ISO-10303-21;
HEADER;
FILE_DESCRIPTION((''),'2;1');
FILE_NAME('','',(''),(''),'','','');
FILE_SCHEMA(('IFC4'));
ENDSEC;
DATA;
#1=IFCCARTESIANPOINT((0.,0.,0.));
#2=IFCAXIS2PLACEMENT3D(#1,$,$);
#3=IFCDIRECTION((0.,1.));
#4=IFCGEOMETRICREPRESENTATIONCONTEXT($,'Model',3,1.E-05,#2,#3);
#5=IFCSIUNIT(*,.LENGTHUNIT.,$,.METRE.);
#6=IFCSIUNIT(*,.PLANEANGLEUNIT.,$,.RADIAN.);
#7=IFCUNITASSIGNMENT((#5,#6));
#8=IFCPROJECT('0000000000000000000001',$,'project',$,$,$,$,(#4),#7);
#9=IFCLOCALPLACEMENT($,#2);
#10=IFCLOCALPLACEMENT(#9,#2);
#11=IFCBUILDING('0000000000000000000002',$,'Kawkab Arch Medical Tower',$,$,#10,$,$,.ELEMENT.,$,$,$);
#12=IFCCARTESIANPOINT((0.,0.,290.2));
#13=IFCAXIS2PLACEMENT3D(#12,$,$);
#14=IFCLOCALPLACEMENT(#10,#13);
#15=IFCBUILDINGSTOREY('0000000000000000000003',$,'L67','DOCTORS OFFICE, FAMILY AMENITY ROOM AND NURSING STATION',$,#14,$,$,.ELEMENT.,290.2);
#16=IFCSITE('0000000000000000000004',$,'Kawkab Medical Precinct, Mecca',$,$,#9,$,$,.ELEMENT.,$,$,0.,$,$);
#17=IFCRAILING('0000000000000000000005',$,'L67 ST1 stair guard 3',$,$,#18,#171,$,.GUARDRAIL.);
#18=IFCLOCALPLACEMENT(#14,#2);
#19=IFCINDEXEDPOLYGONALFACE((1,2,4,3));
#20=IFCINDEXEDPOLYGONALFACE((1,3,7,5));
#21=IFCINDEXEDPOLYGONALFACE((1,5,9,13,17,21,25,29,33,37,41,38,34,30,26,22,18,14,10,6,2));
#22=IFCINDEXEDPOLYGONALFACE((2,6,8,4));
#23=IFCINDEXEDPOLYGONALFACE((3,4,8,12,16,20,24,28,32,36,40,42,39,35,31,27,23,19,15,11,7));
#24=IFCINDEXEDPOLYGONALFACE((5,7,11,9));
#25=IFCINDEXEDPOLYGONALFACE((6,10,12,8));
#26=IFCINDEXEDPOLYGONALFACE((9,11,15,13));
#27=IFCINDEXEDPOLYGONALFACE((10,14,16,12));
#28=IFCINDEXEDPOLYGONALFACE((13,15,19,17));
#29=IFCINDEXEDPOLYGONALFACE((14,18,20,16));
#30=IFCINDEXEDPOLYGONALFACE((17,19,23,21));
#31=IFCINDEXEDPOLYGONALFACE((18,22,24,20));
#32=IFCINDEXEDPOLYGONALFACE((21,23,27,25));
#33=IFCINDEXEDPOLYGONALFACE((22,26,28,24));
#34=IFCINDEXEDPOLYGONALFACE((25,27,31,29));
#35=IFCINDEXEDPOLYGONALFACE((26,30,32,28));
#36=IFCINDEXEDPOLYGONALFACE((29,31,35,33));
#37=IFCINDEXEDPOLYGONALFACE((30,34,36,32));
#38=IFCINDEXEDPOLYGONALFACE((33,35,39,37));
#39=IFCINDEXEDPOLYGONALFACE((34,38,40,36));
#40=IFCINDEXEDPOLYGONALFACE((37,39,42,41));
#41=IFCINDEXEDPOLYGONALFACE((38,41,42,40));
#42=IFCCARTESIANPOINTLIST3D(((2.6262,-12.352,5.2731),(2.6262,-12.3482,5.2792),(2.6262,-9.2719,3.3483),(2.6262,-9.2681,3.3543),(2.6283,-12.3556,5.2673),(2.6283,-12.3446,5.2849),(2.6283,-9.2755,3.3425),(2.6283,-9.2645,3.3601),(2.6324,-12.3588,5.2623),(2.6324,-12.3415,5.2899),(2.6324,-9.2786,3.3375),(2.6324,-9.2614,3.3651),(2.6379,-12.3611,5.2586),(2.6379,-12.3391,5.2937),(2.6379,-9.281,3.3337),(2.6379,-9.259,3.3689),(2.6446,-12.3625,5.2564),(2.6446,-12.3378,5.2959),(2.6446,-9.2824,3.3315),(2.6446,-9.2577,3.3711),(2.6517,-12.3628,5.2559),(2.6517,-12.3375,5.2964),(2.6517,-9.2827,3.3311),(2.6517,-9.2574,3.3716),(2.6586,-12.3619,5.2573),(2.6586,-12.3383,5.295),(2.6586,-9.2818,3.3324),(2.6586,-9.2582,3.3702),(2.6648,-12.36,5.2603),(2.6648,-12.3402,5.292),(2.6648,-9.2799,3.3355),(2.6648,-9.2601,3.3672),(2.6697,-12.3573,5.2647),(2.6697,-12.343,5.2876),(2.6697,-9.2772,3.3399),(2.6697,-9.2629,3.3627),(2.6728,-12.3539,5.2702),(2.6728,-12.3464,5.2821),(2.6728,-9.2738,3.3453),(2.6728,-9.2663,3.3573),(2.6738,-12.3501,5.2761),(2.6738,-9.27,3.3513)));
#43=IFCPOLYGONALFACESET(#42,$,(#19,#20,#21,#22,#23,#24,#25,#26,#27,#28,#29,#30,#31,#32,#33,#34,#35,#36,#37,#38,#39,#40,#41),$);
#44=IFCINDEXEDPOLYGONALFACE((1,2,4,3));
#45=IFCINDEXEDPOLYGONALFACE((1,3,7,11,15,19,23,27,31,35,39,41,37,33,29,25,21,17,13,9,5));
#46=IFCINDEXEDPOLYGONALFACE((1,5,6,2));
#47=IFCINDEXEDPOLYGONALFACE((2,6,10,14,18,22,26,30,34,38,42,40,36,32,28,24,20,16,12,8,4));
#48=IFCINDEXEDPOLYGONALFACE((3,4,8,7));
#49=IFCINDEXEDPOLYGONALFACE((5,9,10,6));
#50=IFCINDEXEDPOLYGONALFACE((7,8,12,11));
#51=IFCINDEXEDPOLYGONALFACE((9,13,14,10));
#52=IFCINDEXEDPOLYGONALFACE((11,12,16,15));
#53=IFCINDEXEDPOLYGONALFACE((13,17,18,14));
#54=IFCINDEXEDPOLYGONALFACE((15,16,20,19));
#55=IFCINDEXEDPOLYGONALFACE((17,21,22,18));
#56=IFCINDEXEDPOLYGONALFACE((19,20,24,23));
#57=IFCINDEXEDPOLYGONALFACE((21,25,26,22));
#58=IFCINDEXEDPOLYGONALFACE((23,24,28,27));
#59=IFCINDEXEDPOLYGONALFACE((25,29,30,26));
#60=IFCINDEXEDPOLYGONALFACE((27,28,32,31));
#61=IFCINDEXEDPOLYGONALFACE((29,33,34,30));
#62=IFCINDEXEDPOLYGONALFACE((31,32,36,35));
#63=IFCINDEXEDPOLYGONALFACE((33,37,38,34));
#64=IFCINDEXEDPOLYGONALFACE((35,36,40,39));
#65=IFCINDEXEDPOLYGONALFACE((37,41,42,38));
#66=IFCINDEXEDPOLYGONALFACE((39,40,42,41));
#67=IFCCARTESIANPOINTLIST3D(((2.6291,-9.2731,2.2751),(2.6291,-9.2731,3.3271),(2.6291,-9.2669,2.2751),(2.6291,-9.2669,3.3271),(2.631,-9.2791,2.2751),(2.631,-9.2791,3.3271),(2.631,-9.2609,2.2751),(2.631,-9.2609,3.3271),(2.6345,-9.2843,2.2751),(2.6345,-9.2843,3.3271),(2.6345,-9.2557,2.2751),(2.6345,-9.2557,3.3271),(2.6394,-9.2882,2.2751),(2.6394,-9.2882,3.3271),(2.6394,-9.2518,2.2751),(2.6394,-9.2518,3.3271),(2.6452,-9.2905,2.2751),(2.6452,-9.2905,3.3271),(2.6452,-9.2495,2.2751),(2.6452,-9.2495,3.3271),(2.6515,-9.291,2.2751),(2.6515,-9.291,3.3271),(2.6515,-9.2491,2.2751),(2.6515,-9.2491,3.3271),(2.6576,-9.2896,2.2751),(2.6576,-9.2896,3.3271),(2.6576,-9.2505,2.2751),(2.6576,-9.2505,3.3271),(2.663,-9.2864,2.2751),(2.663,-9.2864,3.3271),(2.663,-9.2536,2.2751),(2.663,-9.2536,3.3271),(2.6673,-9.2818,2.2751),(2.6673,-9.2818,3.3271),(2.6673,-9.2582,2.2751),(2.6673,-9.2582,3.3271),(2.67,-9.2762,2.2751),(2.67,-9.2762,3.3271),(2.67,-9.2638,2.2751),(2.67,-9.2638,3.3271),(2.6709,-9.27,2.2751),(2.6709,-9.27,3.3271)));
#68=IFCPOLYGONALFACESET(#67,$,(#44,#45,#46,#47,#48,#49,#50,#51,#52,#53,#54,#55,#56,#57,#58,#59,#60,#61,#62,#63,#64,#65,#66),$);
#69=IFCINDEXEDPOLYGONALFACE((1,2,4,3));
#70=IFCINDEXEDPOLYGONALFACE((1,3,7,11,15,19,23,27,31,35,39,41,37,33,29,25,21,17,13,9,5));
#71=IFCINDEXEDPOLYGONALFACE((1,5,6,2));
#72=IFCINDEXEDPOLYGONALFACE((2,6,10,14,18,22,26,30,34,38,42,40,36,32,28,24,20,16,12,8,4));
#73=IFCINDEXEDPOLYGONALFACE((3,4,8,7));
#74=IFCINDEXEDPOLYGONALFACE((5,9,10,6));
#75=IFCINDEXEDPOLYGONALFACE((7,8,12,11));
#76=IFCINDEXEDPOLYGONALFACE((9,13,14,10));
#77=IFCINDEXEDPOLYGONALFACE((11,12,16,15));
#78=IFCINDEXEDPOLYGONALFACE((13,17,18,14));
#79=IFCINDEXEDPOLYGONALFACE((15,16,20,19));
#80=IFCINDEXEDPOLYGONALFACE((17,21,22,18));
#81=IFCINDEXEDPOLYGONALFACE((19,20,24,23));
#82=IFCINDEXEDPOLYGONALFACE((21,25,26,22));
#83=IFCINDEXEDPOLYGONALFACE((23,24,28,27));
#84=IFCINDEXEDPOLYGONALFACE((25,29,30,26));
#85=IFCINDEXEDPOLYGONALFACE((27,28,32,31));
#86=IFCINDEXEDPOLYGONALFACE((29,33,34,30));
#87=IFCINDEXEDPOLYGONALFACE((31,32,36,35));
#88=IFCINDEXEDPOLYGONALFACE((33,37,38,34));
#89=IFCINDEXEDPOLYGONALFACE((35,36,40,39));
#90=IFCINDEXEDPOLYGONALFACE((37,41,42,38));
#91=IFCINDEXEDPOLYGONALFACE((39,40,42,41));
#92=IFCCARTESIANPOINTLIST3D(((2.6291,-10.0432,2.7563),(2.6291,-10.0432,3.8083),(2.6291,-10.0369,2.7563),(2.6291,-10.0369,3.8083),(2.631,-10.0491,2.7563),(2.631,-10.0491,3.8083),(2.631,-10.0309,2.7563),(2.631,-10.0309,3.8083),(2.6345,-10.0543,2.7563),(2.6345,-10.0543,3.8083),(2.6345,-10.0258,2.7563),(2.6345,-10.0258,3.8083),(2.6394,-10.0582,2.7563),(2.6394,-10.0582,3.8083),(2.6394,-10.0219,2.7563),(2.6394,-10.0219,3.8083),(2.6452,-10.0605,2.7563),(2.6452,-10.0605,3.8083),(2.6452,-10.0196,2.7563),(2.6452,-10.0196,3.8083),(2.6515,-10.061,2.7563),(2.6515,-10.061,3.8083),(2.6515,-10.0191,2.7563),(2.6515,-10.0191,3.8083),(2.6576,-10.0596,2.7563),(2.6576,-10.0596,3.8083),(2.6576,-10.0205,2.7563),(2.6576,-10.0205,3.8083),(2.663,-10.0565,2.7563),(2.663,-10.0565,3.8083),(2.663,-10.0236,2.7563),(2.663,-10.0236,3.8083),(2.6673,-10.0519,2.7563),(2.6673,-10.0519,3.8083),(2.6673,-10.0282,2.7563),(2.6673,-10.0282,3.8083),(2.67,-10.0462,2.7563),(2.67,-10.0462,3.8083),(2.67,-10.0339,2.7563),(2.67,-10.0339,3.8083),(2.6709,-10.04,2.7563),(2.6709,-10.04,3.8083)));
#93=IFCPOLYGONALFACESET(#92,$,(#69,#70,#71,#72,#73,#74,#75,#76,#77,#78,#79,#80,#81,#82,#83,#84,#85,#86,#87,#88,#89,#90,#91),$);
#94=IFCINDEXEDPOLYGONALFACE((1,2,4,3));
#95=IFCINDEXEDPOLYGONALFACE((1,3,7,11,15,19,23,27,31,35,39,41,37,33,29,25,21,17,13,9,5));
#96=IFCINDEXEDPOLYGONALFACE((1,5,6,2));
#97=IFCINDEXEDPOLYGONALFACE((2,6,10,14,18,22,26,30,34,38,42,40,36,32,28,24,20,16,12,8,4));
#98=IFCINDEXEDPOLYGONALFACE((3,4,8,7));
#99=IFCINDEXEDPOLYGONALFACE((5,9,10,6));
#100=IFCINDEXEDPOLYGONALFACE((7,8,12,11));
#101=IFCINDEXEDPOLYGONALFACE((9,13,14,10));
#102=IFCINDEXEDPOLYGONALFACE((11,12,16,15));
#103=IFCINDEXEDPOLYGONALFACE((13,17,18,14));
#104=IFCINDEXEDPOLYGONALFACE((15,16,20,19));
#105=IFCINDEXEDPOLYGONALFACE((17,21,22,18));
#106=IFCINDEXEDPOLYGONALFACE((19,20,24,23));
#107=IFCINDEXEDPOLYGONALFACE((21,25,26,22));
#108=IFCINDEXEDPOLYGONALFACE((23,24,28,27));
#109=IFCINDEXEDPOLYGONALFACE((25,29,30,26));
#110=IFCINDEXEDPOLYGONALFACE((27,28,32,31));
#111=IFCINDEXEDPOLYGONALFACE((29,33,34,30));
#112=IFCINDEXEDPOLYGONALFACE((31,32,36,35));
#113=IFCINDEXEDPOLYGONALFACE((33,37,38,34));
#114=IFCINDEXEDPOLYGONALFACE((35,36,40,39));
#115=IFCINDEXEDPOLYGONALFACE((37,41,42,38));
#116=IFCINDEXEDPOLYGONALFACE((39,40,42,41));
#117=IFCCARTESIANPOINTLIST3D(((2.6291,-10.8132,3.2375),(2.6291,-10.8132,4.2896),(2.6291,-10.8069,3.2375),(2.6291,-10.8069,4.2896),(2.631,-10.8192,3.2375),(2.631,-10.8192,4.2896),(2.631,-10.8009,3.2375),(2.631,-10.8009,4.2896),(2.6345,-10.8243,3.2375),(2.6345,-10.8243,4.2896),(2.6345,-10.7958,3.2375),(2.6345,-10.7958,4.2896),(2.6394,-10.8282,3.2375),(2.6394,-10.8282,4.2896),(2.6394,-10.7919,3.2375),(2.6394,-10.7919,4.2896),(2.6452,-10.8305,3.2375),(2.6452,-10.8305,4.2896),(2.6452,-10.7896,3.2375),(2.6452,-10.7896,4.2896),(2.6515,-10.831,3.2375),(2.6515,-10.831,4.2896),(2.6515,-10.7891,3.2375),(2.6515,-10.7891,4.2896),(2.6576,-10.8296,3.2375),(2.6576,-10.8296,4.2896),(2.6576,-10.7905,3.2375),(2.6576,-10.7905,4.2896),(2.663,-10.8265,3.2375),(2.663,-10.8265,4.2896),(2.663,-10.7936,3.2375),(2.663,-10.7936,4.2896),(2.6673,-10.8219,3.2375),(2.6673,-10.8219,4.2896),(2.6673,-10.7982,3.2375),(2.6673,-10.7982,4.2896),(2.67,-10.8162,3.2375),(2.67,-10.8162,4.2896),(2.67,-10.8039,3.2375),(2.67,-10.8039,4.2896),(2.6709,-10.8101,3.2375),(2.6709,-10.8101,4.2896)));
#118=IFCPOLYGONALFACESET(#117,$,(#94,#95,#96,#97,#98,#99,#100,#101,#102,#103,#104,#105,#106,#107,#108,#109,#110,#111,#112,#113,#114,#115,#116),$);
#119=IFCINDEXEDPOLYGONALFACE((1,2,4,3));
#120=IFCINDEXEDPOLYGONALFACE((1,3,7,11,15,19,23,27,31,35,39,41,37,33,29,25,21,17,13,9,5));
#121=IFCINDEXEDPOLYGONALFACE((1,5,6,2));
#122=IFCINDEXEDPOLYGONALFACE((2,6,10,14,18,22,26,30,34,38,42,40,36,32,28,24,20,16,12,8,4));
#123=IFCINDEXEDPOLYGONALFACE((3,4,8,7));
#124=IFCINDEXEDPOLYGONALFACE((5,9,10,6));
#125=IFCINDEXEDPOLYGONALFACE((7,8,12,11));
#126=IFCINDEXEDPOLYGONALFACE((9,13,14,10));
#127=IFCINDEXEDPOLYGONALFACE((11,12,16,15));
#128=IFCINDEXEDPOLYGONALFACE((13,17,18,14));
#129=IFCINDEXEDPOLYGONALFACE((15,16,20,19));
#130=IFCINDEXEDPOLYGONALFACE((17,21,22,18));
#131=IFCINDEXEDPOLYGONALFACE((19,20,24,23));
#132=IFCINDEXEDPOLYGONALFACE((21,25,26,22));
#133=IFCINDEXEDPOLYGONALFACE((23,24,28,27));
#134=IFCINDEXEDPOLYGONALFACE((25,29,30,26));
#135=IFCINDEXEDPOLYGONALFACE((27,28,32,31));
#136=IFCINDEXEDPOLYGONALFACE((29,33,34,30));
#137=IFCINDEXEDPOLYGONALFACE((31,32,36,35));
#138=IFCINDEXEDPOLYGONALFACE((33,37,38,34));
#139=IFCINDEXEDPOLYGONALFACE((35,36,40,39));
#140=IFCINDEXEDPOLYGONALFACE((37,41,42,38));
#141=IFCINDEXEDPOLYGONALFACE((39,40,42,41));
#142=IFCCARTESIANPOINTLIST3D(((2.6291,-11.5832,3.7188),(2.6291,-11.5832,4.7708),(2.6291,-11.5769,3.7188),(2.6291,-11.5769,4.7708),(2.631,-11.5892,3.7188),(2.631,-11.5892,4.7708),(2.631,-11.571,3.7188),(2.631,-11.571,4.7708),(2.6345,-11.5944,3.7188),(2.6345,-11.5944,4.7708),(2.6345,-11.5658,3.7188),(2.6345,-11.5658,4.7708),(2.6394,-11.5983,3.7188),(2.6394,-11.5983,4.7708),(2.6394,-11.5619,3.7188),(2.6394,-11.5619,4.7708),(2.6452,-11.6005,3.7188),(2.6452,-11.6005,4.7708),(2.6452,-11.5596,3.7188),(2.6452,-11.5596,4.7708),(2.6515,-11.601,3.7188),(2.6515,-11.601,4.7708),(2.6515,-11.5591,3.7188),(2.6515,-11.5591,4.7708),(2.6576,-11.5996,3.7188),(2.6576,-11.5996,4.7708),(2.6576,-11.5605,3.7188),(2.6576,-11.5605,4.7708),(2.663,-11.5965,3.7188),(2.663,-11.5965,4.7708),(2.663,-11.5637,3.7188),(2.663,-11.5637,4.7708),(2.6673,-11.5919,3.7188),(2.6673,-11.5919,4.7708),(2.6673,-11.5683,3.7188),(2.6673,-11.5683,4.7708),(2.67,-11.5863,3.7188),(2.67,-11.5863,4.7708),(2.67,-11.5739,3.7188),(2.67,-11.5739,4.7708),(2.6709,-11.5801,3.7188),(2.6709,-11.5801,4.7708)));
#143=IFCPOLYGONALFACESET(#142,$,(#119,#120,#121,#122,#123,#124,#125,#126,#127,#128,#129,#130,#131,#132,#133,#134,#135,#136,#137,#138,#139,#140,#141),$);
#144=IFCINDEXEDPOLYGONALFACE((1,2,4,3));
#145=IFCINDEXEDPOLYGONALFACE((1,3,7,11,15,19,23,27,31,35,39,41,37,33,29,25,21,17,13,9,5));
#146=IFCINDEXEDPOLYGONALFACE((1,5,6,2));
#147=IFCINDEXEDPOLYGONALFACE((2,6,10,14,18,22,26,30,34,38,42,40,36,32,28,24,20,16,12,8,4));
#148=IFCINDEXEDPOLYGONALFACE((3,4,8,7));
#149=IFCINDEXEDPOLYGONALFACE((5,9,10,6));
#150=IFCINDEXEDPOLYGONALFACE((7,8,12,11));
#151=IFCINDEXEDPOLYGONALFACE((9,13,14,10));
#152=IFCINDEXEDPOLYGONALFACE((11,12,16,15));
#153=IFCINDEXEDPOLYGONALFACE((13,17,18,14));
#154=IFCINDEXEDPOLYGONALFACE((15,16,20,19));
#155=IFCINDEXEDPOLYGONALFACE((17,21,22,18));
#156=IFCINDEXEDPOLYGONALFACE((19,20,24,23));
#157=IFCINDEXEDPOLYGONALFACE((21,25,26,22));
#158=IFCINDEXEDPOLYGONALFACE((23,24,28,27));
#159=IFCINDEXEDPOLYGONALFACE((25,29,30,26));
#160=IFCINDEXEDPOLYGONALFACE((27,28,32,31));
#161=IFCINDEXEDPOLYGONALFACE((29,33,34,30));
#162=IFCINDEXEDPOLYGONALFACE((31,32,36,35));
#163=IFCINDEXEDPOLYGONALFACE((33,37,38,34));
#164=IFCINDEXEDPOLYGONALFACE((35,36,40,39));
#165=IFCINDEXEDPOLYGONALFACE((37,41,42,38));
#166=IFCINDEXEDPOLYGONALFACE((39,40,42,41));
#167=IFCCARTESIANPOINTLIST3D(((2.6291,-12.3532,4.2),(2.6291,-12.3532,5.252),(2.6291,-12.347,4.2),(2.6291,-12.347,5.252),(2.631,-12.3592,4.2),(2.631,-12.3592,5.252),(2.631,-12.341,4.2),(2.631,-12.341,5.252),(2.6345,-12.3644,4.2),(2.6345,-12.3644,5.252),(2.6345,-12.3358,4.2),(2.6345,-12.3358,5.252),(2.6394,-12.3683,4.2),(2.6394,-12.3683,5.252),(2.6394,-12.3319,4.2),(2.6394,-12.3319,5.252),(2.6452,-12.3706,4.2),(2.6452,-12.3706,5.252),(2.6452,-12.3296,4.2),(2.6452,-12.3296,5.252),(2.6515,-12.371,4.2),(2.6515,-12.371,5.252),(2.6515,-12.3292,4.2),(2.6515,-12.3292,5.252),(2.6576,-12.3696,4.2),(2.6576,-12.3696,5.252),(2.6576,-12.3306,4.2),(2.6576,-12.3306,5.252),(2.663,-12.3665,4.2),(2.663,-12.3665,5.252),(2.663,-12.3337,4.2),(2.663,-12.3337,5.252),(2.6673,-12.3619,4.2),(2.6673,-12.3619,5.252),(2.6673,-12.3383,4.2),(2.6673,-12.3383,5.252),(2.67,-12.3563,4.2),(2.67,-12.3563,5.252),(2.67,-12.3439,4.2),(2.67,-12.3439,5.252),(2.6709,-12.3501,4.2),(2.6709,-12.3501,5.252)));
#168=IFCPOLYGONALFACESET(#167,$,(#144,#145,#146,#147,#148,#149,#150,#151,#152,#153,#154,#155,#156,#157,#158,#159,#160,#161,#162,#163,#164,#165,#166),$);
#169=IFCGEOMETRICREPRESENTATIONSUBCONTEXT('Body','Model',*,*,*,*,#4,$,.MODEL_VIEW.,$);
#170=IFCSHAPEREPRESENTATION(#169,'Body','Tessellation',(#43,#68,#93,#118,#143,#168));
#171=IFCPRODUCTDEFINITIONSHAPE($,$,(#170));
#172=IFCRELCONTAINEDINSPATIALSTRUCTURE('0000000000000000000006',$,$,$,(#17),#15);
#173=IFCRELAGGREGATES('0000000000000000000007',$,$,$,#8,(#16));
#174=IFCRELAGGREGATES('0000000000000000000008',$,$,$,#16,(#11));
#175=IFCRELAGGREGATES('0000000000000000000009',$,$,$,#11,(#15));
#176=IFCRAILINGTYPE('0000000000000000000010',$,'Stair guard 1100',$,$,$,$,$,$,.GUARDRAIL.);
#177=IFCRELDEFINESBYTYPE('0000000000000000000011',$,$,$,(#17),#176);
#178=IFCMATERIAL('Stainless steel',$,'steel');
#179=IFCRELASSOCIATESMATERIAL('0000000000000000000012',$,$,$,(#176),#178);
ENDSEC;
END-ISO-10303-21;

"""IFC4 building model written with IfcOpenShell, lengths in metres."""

from ifc_helpers import new_model, si_unit, direction, frame, origin, origin_2d, place, context, subcontext, project, spatial, circle, extrude, material, type_object, element, save


model = new_model("IFC4")

# Units and contexts
model_context = context("Model", 3, precision=1e-05, world=origin(), true_north=direction((0.0, 1.0)))
body_context = subcontext(model_context, "Body", "Model", "MODEL_VIEW")
ifc_project = project(units=[si_unit("LENGTHUNIT", "METRE"), si_unit("PLANEANGLEUNIT", "RADIAN")], contexts=[model_context])

# Site, building, storey
site_placement = place(None, origin())
site = spatial("IfcSite", under=ifc_project, at=site_placement, Name="Kawkab Medical Precinct, Mecca", CompositionType="ELEMENT", RefElevation=0.0)
building_placement = place(site_placement, origin())
building = spatial("IfcBuilding", under=site, at=building_placement, Name="Kawkab Arch Medical Tower", CompositionType="ELEMENT")
storey_placement = place(building_placement, frame((0.0, 0.0, 290.2)))
storey = spatial("IfcBuildingStorey", under=building, at=storey_placement, Name="L67", Description="DOCTORS OFFICE, FAMILY AMENITY ROOM AND NURSING STATION", CompositionType="ELEMENT", Elevation=290.2)

# Railing
ifc_material_1 = material(Name="Stainless steel", Category="steel")
railing_type = type_object("IfcRailingType", Name="Stair guard 1100", PredefinedType="GUARDRAIL", material=ifc_material_1)
railing_1_placement = place(storey_placement, frame((2.6499, -9.27, 2.2751)))
element("IfcRailing", 1, at=railing_1_placement, inside=storey, type_object=railing_type, Name="L67 ST1 stair guard 3", PredefinedType="GUARDRAIL", context=body_context, shape_type="SweptSolid", body=[
    extrude(circle(Radius=0.0239, at=origin_2d()), frame((0.0, 0.0, 1.0762), z_axis=(0.0, -0.848029, 0.529951), x_axis=(1.0, 0.0, 0.0)), (0.0, 0.0, 1.0), 3.6321),
    extrude(circle(Radius=0.021, at=origin_2d()), origin(), (0.0, 0.0, 1.0), 1.052),
    extrude(circle(Radius=0.021, at=origin_2d()), frame((0.0, -0.77, 0.4812)), (0.0, 0.0, 1.0), 1.052),
    extrude(circle(Radius=0.021, at=origin_2d()), frame((0.0, -1.54, 0.9624)), (0.0, 0.0, 1.0), 1.052),
    extrude(circle(Radius=0.021, at=origin_2d()), frame((0.0, -2.3101, 1.4436)), (0.0, 0.0, 1.0), 1.052),
    extrude(circle(Radius=0.021, at=origin_2d()), frame((0.0, -3.0801, 1.9248)), (0.0, 0.0, 1.0), 1.052),
])

save(model, "model.ifc")
